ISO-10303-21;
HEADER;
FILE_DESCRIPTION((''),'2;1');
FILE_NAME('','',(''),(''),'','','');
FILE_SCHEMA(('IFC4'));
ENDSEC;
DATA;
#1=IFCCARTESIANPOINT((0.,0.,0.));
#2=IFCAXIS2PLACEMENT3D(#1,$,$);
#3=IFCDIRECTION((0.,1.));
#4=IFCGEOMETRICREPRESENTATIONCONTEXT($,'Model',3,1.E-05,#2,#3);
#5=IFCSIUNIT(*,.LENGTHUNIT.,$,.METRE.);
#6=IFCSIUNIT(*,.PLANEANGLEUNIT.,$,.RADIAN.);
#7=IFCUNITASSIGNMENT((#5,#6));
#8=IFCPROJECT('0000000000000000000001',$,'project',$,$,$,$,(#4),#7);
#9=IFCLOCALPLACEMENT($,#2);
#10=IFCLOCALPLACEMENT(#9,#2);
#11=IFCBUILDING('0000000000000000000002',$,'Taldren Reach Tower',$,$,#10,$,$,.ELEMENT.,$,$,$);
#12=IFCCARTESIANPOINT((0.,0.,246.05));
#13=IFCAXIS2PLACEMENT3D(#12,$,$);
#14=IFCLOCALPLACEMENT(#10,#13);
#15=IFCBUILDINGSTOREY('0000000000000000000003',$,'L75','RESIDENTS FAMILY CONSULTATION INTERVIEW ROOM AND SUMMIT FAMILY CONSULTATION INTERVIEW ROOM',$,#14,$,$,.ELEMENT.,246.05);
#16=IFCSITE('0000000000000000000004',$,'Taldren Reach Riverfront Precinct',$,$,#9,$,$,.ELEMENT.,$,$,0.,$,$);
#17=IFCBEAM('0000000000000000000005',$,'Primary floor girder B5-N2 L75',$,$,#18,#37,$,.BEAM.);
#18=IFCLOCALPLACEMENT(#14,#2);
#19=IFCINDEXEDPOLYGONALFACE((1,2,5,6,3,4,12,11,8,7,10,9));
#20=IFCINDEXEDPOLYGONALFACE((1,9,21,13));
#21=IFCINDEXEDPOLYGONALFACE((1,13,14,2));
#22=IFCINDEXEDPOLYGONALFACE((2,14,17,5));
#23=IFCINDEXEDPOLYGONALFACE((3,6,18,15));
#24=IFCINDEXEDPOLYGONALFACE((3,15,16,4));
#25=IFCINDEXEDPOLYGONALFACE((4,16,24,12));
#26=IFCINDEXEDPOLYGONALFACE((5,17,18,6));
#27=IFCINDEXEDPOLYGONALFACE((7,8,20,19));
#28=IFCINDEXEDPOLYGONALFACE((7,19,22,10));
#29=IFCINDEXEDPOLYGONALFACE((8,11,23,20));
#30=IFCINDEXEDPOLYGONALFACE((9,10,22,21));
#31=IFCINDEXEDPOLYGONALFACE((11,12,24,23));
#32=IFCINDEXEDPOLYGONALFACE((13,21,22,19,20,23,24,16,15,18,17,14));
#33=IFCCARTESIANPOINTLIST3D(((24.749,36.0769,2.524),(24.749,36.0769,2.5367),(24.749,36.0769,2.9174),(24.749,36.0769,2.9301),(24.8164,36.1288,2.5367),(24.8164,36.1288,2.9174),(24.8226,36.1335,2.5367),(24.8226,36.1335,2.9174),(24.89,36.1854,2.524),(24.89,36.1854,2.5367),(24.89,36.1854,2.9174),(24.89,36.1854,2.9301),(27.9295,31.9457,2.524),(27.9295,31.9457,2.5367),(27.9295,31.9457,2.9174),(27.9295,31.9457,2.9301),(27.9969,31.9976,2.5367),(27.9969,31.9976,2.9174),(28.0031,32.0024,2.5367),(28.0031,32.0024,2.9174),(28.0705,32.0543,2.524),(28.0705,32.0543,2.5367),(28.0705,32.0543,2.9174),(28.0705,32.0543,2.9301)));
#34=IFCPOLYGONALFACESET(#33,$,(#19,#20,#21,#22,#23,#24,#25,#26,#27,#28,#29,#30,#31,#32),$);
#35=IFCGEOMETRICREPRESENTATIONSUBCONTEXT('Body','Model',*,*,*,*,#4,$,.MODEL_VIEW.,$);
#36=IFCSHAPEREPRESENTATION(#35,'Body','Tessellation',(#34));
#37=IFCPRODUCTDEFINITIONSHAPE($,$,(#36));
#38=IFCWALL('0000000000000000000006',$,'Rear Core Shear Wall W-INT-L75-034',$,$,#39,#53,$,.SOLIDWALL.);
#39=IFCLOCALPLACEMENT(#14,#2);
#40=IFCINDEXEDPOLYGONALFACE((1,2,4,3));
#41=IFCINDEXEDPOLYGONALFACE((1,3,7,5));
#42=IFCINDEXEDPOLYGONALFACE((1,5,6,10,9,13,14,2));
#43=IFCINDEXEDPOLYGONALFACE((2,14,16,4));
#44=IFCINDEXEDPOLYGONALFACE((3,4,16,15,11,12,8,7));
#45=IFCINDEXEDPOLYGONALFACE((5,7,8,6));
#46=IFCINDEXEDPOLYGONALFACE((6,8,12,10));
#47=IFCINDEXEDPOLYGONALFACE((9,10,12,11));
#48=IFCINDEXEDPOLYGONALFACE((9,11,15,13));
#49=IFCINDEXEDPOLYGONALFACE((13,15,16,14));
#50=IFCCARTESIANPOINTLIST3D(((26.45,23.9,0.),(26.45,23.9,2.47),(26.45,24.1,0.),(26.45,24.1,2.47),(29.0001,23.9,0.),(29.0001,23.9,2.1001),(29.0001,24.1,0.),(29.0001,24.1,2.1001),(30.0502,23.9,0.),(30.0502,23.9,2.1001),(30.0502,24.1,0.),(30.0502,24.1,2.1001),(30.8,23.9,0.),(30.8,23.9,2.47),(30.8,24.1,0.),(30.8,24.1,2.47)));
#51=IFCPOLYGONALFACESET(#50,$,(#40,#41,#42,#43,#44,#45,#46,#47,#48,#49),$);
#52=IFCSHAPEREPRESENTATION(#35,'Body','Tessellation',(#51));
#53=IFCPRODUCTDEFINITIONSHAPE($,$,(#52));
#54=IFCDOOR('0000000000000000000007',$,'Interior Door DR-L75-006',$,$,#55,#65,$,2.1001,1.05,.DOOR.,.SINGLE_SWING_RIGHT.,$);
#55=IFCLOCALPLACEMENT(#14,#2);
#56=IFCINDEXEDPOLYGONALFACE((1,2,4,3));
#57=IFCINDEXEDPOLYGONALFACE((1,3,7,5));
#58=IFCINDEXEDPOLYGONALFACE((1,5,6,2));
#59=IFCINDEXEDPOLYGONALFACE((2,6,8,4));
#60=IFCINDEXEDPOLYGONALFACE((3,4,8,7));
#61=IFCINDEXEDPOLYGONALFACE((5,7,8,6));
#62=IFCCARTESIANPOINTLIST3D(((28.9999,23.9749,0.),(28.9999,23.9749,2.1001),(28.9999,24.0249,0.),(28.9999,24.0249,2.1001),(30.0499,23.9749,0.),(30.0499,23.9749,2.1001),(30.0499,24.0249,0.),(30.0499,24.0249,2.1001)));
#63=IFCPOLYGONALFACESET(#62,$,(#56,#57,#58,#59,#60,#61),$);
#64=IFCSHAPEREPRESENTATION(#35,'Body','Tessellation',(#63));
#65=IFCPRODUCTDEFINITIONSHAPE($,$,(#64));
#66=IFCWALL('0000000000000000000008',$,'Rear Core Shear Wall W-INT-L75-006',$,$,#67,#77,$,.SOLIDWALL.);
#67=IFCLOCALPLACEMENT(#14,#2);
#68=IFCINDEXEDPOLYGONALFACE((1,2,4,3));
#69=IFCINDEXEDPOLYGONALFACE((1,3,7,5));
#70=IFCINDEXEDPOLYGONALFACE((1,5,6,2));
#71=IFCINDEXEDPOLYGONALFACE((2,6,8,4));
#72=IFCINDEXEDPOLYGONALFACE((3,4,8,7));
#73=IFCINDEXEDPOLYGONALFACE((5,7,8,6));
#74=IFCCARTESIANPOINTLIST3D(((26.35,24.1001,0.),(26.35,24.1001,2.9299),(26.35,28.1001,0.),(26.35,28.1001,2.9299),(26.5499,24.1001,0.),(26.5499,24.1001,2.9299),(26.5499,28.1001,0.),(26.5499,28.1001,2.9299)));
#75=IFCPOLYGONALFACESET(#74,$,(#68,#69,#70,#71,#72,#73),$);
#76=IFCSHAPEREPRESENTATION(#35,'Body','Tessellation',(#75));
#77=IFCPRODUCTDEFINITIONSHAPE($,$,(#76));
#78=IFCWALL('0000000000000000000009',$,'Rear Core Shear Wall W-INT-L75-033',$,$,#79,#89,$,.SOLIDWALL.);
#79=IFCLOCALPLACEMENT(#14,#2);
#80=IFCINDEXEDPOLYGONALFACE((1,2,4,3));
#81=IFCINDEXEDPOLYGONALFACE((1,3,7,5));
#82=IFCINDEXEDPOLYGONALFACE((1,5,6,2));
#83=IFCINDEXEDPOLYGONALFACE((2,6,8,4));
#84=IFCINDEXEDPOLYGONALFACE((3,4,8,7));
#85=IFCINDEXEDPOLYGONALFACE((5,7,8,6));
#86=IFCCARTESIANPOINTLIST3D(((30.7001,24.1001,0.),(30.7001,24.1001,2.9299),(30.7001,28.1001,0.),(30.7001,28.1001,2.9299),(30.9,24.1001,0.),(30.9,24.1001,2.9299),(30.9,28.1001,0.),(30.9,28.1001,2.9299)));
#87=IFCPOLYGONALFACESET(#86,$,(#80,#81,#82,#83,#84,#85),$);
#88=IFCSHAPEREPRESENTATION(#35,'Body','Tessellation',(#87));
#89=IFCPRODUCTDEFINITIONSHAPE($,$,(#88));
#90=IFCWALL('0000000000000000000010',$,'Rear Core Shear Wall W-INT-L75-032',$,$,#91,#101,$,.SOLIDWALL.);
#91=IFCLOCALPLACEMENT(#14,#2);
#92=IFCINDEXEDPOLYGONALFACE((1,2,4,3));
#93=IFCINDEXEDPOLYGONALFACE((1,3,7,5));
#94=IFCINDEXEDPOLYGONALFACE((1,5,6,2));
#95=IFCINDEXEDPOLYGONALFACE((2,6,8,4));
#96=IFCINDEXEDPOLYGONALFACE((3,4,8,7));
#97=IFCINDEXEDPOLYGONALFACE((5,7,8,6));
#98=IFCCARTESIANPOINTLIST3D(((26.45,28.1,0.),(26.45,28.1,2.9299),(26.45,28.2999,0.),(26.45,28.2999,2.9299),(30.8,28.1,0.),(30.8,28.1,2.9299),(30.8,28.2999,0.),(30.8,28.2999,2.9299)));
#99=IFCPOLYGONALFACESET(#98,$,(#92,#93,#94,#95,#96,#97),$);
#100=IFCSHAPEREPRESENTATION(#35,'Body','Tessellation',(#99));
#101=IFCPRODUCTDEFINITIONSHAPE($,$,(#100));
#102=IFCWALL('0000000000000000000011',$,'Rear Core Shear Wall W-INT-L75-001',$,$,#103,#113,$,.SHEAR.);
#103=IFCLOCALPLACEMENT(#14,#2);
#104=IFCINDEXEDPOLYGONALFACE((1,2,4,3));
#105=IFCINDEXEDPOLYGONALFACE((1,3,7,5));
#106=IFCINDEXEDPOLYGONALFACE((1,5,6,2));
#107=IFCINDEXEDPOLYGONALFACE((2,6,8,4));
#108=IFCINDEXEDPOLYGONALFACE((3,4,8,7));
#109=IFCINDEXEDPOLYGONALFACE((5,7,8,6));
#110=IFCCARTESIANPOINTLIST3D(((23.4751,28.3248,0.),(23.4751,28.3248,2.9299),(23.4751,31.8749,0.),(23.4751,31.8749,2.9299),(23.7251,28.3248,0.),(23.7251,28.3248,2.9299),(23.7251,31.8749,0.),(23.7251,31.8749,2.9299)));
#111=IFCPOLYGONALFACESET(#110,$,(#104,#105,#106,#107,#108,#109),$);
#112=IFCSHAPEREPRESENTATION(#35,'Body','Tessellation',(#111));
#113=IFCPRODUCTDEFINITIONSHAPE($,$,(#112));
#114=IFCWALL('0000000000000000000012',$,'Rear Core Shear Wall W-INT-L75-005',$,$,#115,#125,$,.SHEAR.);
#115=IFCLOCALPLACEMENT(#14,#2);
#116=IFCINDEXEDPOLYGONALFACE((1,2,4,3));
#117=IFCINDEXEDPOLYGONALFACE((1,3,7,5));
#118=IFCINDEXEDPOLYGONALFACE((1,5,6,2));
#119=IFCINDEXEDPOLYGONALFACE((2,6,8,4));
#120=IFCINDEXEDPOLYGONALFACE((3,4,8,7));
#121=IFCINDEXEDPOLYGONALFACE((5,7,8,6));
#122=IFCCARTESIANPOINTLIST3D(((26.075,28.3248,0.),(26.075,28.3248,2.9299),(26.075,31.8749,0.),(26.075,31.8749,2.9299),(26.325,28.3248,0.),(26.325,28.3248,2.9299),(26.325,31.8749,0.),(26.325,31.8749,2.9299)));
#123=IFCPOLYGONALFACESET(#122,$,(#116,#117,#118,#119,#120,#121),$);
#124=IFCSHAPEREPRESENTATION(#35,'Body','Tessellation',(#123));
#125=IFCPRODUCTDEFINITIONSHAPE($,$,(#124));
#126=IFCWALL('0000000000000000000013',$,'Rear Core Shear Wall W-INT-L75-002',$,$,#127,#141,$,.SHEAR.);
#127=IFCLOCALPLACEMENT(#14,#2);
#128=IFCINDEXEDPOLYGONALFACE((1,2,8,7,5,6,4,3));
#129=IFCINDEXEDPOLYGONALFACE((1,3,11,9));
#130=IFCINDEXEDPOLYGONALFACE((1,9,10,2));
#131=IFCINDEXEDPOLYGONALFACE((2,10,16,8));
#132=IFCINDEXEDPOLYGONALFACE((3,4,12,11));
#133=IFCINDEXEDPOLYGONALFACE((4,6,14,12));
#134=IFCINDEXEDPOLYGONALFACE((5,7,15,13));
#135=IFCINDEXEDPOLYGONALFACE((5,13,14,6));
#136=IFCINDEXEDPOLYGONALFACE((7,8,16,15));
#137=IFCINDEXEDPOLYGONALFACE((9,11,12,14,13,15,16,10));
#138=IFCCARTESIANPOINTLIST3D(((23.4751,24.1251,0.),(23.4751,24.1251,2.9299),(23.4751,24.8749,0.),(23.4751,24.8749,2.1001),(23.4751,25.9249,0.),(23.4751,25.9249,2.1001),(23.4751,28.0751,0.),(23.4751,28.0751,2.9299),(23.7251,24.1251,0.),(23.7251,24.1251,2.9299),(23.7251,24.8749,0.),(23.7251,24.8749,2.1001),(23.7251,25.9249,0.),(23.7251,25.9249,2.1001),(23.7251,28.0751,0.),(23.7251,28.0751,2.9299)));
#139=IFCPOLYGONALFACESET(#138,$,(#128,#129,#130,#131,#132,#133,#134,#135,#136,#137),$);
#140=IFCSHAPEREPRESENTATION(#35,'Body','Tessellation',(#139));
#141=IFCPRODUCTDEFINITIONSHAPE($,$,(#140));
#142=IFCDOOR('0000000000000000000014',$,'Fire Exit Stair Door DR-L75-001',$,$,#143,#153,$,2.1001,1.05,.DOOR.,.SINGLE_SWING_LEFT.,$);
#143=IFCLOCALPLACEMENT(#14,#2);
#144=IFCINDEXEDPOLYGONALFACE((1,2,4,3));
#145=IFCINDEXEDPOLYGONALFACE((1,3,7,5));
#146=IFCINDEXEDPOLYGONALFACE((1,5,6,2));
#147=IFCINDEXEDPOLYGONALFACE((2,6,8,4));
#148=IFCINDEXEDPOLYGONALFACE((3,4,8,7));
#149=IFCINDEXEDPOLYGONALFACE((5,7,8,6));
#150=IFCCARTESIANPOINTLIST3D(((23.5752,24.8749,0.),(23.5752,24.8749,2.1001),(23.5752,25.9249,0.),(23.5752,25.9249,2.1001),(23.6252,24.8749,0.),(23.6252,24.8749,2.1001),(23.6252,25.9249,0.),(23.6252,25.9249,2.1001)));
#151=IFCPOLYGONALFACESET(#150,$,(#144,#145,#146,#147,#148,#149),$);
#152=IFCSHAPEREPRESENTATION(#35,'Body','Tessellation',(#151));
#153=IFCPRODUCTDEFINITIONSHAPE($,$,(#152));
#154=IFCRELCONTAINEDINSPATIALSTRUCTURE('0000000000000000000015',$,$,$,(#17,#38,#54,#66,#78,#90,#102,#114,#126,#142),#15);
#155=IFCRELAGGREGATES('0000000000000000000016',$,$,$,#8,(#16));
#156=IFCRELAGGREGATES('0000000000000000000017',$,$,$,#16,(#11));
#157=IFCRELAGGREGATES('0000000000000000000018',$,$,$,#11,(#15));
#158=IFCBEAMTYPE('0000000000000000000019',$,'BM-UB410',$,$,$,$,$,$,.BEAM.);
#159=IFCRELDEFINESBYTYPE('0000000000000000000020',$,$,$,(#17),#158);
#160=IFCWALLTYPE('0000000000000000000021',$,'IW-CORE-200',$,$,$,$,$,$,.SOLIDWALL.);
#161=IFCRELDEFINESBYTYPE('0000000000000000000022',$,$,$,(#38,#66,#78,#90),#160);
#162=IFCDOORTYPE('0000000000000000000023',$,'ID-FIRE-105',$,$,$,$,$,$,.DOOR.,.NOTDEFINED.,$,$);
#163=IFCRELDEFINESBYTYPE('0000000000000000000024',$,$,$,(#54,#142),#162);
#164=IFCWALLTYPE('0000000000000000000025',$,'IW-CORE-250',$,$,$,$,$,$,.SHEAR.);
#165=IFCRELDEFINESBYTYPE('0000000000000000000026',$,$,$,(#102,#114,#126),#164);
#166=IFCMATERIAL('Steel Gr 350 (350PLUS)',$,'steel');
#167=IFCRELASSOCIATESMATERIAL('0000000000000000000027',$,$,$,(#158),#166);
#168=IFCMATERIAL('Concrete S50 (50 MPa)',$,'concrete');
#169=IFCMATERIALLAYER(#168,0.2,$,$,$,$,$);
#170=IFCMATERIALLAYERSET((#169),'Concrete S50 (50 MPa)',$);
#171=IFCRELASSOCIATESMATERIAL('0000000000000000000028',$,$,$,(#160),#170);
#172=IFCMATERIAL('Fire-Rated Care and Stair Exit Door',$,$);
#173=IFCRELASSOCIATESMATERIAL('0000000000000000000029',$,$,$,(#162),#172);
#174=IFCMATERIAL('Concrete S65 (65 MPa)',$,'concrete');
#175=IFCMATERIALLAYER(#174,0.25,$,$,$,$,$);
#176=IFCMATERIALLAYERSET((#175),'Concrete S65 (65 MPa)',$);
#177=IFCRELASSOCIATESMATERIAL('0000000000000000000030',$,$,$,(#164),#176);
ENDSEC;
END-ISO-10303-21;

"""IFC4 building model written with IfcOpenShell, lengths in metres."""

from ifc_helpers import new_model, si_unit, direction, frame, frame_2d, origin, origin_2d, place, context, subcontext, project, spatial, rectangle, i_section, extrude, source, transform, mapped, material, layer, layer_set, material_profile, profile_set, type_object, element, fill, save


model = new_model("IFC4")

# Units and contexts
model_context = context("Model", 3, precision=1e-05, world=origin(), true_north=direction((0.0, 1.0)))
body_context = subcontext(model_context, "Body", "Model", "MODEL_VIEW")
ifc_project = project(units=[si_unit("LENGTHUNIT", "METRE"), si_unit("PLANEANGLEUNIT", "RADIAN")], contexts=[model_context])

# Site, building, storey
site_placement = place(None, origin())
site = spatial("IfcSite", under=ifc_project, at=site_placement, Name="Taldren Reach Riverfront Precinct", CompositionType="ELEMENT", RefElevation=0.0)
building_placement = place(site_placement, origin())
building = spatial("IfcBuilding", under=site, at=building_placement, Name="Taldren Reach Tower", CompositionType="ELEMENT")
storey_placement = place(building_placement, frame((0.0, 0.0, 246.05)))
storey = spatial("IfcBuildingStorey", under=building, at=storey_placement, Name="L75", Description="RESIDENTS FAMILY CONSULTATION INTERVIEW ROOM AND SUMMIT FAMILY CONSULTATION INTERVIEW ROOM", CompositionType="ELEMENT", Elevation=246.05)

# Beam
ifc_material_1 = material(Name="Steel Gr 350 (350PLUS)", Category="steel")
ifc_material_profile_1 = material_profile(ifc_material_1, i_section(OverallWidth=0.178, OverallDepth=0.406, WebThickness=0.0078, FlangeThickness=0.0127, at=origin_2d()), Name="410UB59.7")
ifc_profile_set_1 = profile_set([ifc_material_profile_1], Name="Steel Gr 350 (350PLUS)")
beam_type_1 = type_object("IfcBeamType", Name="BM-UB410", PredefinedType="BEAM", material=ifc_profile_set_1)
shared_shape_1 = source(origin(), body_context, "Body", "SweptSolid", [
    extrude(i_section(OverallWidth=0.178, OverallDepth=0.406, WebThickness=0.0078, FlangeThickness=0.0127, at=origin_2d()), origin(), (0.0, 0.0, 1.0), 5.2136),
])
beam_1_placement = place(storey_placement, frame((28.0, 32.0, 2.7271), z_axis=(-0.61003, 0.792378, 0.0), x_axis=(-0.792378, -0.61003, 0.0)))
element("IfcBeam", 1, at=beam_1_placement, inside=storey, type_object=beam_type_1, Name="Primary floor girder B5-N2 L75", PredefinedType="BEAM", context=body_context, shape_type="MappedRepresentation", body=[
    mapped(shared_shape_1, transform((0.0, 0.0, 0.0), scale=1.0)),
])

# Wall, opening, door
ifc_material_2 = material(Name="Concrete S50 (50 MPa)", Category="concrete")
ifc_layer_1 = layer(ifc_material_2, 0.2)
ifc_layer_set_1 = layer_set([ifc_layer_1], Name="Concrete S50 (50 MPa)")
wall_type_1 = type_object("IfcWallType", Name="IW-CORE-200", PredefinedType="SOLIDWALL", material=ifc_layer_set_1)
shared_shape_2 = source(origin(), body_context, "Body", "SweptSolid", [
    extrude(rectangle(XDim=4.3501, YDim=0.2, at=frame_2d((2.175, 0.0))), origin(), (0.0, 0.0, 1.0), 2.47),
])
wall_1_placement = place(storey_placement, frame((30.8, 24.0, 0.0), z_axis=(0.0, 0.0, 1.0), x_axis=(-1.0, 0.0, 0.0)))
wall_1 = element("IfcWall", 2, at=wall_1_placement, inside=storey, type_object=wall_type_1, Name="Rear Core Shear Wall W-INT-L75-034", PredefinedType="SOLIDWALL", context=body_context, shape_type="MappedRepresentation", body=[
    mapped(shared_shape_2, transform((0.0, 0.0, 0.0), scale=1.0)),
])
shared_shape_3 = source(origin(), body_context, "Body", "SweptSolid", [
    extrude(rectangle(XDim=1.05, YDim=2.1001, at=frame_2d((0.5249, 1.05))), frame((0.0, 0.1099, 0.0), z_axis=(0.0, -1.0, 0.0), x_axis=(1.0, 0.0, 0.0)), (0.0, 0.0, 1.0), 0.22),
])
opening_1_placement = place(wall_1_placement, frame((0.75, 0.0, 0.0)))
opening_1 = element("IfcOpeningElement", 3, at=opening_1_placement, cuts=wall_1, PredefinedType="OPENING", context=body_context, shape_type="MappedRepresentation", body=[
    mapped(shared_shape_3, transform((0.0, 0.0, 0.0), scale=1.0)),
])
ifc_material_3 = material(Name="Fire-Rated Care and Stair Exit Door")
door_type_1 = type_object("IfcDoorType", Name="ID-FIRE-105", OperationType="NOTDEFINED", PredefinedType="DOOR", material=ifc_material_3)
shared_shape_4 = source(origin(), body_context, "Body", "SweptSolid", [
    extrude(rectangle(XDim=1.05, YDim=2.1001, at=frame_2d((0.5249, 1.05))), frame((0.0, 0.0249, 0.0), z_axis=(0.0, -1.0, 0.0), x_axis=(1.0, 0.0, 0.0)), (0.0, 0.0, 1.0), 0.05),
])
door_1_placement = place(opening_1_placement, frame((1.05, 0.0, 0.0), z_axis=(0.0, 0.0, 1.0), x_axis=(-1.0, 0.0, 0.0)))
door_1 = element("IfcDoor", 4, at=door_1_placement, inside=storey, type_object=door_type_1, Name="Interior Door DR-L75-006", OperationType="SINGLE_SWING_RIGHT", OverallHeight=2.1001, OverallWidth=1.05, PredefinedType="DOOR", context=body_context, shape_type="MappedRepresentation", body=[
    mapped(shared_shape_4, transform((0.0, 0.0, 0.0), scale=1.0)),
])
fill(opening_1, door_1)

# Walls
shared_shape_5 = source(origin(), body_context, "Body", "SweptSolid", [
    extrude(rectangle(XDim=4.0, YDim=0.2, at=frame_2d((2.0, 0.0))), origin(), (0.0, 0.0, 1.0), 2.9299),
])
for number, where, z_axis, x_axis, name in (
    (5, (26.45, 24.1001, 0.0), (0.0, 0.0, 1.0), (0.0, 1.0, 0.0), "Rear Core Shear Wall W-INT-L75-006"),
    (6, (30.8, 28.1001, 0.0), (0.0, 0.0, 1.0), (0.0, -1.0, 0.0), "Rear Core Shear Wall W-INT-L75-033"),
):
    element("IfcWall", number, at=place(storey_placement, frame(where, z_axis=z_axis, x_axis=x_axis)), inside=storey, type_object=wall_type_1, Name=name, PredefinedType="SOLIDWALL", context=body_context, shape_type="MappedRepresentation", body=[
        mapped(shared_shape_5, transform((0.0, 0.0, 0.0), scale=1.0)),
    ])
shared_shape_6 = source(origin(), body_context, "Body", "SweptSolid", [
    extrude(rectangle(XDim=4.3501, YDim=0.2, at=frame_2d((2.175, 0.0))), origin(), (0.0, 0.0, 1.0), 2.9299),
])
wall_2_placement = place(storey_placement, frame((26.45, 28.2, 0.0), z_axis=(0.0, 0.0, 1.0), x_axis=(1.0, 0.0, 0.0)))
element("IfcWall", 7, at=wall_2_placement, inside=storey, type_object=wall_type_1, Name="Rear Core Shear Wall W-INT-L75-032", PredefinedType="SOLIDWALL", context=body_context, shape_type="MappedRepresentation", body=[
    mapped(shared_shape_6, transform((0.0, 0.0, 0.0), scale=1.0)),
])
ifc_material_4 = material(Name="Concrete S65 (65 MPa)", Category="concrete")
ifc_layer_2 = layer(ifc_material_4, 0.25)
ifc_layer_set_2 = layer_set([ifc_layer_2], Name="Concrete S65 (65 MPa)")
wall_type_2 = type_object("IfcWallType", Name="IW-CORE-250", PredefinedType="SHEAR", material=ifc_layer_set_2)
shared_shape_7 = source(origin(), body_context, "Body", "SweptSolid", [
    extrude(rectangle(XDim=3.55, YDim=0.25, at=frame_2d((1.7749, 0.0))), origin(), (0.0, 0.0, 1.0), 2.9299),
])
for number, where, z_axis, x_axis, name in (
    (8, (23.6001, 28.325, 0.0), (0.0, 0.0, 1.0), (0.0, 1.0, 0.0), "Rear Core Shear Wall W-INT-L75-001"),
    (9, (26.2, 28.325, 0.0), (0.0, 0.0, 1.0), (0.0, 1.0, 0.0), "Rear Core Shear Wall W-INT-L75-005"),
):
    element("IfcWall", number, at=place(storey_placement, frame(where, z_axis=z_axis, x_axis=x_axis)), inside=storey, type_object=wall_type_2, Name=name, PredefinedType="SHEAR", context=body_context, shape_type="MappedRepresentation", body=[
        mapped(shared_shape_7, transform((0.0, 0.0, 0.0), scale=1.0)),
    ])

# Wall, opening, door
shared_shape_8 = source(origin(), body_context, "Body", "SweptSolid", [
    extrude(rectangle(XDim=3.95, YDim=0.25, at=frame_2d((1.9751, 0.0))), origin(), (0.0, 0.0, 1.0), 2.9299),
])
wall_3_placement = place(storey_placement, frame((23.6001, 24.125, 0.0), z_axis=(0.0, 0.0, 1.0), x_axis=(0.0, 1.0, 0.0)))
wall_3 = element("IfcWall", 10, at=wall_3_placement, inside=storey, type_object=wall_type_2, Name="Rear Core Shear Wall W-INT-L75-002", PredefinedType="SHEAR", context=body_context, shape_type="MappedRepresentation", body=[
    mapped(shared_shape_8, transform((0.0, 0.0, 0.0), scale=1.0)),
])
shared_shape_9 = source(origin(), body_context, "Body", "SweptSolid", [
    extrude(rectangle(XDim=1.05, YDim=2.1001, at=frame_2d((0.5249, 1.05))), frame((0.0, 0.135, 0.0), z_axis=(0.0, -1.0, 0.0), x_axis=(1.0, 0.0, 0.0)), (0.0, 0.0, 1.0), 0.27),
])
opening_2_placement = place(wall_3_placement, frame((0.75, 0.0, 0.0)))
opening_2 = element("IfcOpeningElement", 11, at=opening_2_placement, cuts=wall_3, PredefinedType="OPENING", context=body_context, shape_type="MappedRepresentation", body=[
    mapped(shared_shape_9, transform((0.0, 0.0, 0.0), scale=1.0)),
])
door_2_placement = place(opening_2_placement, origin())
door_2 = element("IfcDoor", 12, at=door_2_placement, inside=storey, type_object=door_type_1, Name="Fire Exit Stair Door DR-L75-001", OperationType="SINGLE_SWING_LEFT", OverallHeight=2.1001, OverallWidth=1.05, PredefinedType="DOOR", context=body_context, shape_type="MappedRepresentation", body=[
    mapped(shared_shape_4, transform((0.0, 0.0, 0.0), scale=1.0)),
])
fill(opening_2, door_2)

save(model, "model.ifc")
